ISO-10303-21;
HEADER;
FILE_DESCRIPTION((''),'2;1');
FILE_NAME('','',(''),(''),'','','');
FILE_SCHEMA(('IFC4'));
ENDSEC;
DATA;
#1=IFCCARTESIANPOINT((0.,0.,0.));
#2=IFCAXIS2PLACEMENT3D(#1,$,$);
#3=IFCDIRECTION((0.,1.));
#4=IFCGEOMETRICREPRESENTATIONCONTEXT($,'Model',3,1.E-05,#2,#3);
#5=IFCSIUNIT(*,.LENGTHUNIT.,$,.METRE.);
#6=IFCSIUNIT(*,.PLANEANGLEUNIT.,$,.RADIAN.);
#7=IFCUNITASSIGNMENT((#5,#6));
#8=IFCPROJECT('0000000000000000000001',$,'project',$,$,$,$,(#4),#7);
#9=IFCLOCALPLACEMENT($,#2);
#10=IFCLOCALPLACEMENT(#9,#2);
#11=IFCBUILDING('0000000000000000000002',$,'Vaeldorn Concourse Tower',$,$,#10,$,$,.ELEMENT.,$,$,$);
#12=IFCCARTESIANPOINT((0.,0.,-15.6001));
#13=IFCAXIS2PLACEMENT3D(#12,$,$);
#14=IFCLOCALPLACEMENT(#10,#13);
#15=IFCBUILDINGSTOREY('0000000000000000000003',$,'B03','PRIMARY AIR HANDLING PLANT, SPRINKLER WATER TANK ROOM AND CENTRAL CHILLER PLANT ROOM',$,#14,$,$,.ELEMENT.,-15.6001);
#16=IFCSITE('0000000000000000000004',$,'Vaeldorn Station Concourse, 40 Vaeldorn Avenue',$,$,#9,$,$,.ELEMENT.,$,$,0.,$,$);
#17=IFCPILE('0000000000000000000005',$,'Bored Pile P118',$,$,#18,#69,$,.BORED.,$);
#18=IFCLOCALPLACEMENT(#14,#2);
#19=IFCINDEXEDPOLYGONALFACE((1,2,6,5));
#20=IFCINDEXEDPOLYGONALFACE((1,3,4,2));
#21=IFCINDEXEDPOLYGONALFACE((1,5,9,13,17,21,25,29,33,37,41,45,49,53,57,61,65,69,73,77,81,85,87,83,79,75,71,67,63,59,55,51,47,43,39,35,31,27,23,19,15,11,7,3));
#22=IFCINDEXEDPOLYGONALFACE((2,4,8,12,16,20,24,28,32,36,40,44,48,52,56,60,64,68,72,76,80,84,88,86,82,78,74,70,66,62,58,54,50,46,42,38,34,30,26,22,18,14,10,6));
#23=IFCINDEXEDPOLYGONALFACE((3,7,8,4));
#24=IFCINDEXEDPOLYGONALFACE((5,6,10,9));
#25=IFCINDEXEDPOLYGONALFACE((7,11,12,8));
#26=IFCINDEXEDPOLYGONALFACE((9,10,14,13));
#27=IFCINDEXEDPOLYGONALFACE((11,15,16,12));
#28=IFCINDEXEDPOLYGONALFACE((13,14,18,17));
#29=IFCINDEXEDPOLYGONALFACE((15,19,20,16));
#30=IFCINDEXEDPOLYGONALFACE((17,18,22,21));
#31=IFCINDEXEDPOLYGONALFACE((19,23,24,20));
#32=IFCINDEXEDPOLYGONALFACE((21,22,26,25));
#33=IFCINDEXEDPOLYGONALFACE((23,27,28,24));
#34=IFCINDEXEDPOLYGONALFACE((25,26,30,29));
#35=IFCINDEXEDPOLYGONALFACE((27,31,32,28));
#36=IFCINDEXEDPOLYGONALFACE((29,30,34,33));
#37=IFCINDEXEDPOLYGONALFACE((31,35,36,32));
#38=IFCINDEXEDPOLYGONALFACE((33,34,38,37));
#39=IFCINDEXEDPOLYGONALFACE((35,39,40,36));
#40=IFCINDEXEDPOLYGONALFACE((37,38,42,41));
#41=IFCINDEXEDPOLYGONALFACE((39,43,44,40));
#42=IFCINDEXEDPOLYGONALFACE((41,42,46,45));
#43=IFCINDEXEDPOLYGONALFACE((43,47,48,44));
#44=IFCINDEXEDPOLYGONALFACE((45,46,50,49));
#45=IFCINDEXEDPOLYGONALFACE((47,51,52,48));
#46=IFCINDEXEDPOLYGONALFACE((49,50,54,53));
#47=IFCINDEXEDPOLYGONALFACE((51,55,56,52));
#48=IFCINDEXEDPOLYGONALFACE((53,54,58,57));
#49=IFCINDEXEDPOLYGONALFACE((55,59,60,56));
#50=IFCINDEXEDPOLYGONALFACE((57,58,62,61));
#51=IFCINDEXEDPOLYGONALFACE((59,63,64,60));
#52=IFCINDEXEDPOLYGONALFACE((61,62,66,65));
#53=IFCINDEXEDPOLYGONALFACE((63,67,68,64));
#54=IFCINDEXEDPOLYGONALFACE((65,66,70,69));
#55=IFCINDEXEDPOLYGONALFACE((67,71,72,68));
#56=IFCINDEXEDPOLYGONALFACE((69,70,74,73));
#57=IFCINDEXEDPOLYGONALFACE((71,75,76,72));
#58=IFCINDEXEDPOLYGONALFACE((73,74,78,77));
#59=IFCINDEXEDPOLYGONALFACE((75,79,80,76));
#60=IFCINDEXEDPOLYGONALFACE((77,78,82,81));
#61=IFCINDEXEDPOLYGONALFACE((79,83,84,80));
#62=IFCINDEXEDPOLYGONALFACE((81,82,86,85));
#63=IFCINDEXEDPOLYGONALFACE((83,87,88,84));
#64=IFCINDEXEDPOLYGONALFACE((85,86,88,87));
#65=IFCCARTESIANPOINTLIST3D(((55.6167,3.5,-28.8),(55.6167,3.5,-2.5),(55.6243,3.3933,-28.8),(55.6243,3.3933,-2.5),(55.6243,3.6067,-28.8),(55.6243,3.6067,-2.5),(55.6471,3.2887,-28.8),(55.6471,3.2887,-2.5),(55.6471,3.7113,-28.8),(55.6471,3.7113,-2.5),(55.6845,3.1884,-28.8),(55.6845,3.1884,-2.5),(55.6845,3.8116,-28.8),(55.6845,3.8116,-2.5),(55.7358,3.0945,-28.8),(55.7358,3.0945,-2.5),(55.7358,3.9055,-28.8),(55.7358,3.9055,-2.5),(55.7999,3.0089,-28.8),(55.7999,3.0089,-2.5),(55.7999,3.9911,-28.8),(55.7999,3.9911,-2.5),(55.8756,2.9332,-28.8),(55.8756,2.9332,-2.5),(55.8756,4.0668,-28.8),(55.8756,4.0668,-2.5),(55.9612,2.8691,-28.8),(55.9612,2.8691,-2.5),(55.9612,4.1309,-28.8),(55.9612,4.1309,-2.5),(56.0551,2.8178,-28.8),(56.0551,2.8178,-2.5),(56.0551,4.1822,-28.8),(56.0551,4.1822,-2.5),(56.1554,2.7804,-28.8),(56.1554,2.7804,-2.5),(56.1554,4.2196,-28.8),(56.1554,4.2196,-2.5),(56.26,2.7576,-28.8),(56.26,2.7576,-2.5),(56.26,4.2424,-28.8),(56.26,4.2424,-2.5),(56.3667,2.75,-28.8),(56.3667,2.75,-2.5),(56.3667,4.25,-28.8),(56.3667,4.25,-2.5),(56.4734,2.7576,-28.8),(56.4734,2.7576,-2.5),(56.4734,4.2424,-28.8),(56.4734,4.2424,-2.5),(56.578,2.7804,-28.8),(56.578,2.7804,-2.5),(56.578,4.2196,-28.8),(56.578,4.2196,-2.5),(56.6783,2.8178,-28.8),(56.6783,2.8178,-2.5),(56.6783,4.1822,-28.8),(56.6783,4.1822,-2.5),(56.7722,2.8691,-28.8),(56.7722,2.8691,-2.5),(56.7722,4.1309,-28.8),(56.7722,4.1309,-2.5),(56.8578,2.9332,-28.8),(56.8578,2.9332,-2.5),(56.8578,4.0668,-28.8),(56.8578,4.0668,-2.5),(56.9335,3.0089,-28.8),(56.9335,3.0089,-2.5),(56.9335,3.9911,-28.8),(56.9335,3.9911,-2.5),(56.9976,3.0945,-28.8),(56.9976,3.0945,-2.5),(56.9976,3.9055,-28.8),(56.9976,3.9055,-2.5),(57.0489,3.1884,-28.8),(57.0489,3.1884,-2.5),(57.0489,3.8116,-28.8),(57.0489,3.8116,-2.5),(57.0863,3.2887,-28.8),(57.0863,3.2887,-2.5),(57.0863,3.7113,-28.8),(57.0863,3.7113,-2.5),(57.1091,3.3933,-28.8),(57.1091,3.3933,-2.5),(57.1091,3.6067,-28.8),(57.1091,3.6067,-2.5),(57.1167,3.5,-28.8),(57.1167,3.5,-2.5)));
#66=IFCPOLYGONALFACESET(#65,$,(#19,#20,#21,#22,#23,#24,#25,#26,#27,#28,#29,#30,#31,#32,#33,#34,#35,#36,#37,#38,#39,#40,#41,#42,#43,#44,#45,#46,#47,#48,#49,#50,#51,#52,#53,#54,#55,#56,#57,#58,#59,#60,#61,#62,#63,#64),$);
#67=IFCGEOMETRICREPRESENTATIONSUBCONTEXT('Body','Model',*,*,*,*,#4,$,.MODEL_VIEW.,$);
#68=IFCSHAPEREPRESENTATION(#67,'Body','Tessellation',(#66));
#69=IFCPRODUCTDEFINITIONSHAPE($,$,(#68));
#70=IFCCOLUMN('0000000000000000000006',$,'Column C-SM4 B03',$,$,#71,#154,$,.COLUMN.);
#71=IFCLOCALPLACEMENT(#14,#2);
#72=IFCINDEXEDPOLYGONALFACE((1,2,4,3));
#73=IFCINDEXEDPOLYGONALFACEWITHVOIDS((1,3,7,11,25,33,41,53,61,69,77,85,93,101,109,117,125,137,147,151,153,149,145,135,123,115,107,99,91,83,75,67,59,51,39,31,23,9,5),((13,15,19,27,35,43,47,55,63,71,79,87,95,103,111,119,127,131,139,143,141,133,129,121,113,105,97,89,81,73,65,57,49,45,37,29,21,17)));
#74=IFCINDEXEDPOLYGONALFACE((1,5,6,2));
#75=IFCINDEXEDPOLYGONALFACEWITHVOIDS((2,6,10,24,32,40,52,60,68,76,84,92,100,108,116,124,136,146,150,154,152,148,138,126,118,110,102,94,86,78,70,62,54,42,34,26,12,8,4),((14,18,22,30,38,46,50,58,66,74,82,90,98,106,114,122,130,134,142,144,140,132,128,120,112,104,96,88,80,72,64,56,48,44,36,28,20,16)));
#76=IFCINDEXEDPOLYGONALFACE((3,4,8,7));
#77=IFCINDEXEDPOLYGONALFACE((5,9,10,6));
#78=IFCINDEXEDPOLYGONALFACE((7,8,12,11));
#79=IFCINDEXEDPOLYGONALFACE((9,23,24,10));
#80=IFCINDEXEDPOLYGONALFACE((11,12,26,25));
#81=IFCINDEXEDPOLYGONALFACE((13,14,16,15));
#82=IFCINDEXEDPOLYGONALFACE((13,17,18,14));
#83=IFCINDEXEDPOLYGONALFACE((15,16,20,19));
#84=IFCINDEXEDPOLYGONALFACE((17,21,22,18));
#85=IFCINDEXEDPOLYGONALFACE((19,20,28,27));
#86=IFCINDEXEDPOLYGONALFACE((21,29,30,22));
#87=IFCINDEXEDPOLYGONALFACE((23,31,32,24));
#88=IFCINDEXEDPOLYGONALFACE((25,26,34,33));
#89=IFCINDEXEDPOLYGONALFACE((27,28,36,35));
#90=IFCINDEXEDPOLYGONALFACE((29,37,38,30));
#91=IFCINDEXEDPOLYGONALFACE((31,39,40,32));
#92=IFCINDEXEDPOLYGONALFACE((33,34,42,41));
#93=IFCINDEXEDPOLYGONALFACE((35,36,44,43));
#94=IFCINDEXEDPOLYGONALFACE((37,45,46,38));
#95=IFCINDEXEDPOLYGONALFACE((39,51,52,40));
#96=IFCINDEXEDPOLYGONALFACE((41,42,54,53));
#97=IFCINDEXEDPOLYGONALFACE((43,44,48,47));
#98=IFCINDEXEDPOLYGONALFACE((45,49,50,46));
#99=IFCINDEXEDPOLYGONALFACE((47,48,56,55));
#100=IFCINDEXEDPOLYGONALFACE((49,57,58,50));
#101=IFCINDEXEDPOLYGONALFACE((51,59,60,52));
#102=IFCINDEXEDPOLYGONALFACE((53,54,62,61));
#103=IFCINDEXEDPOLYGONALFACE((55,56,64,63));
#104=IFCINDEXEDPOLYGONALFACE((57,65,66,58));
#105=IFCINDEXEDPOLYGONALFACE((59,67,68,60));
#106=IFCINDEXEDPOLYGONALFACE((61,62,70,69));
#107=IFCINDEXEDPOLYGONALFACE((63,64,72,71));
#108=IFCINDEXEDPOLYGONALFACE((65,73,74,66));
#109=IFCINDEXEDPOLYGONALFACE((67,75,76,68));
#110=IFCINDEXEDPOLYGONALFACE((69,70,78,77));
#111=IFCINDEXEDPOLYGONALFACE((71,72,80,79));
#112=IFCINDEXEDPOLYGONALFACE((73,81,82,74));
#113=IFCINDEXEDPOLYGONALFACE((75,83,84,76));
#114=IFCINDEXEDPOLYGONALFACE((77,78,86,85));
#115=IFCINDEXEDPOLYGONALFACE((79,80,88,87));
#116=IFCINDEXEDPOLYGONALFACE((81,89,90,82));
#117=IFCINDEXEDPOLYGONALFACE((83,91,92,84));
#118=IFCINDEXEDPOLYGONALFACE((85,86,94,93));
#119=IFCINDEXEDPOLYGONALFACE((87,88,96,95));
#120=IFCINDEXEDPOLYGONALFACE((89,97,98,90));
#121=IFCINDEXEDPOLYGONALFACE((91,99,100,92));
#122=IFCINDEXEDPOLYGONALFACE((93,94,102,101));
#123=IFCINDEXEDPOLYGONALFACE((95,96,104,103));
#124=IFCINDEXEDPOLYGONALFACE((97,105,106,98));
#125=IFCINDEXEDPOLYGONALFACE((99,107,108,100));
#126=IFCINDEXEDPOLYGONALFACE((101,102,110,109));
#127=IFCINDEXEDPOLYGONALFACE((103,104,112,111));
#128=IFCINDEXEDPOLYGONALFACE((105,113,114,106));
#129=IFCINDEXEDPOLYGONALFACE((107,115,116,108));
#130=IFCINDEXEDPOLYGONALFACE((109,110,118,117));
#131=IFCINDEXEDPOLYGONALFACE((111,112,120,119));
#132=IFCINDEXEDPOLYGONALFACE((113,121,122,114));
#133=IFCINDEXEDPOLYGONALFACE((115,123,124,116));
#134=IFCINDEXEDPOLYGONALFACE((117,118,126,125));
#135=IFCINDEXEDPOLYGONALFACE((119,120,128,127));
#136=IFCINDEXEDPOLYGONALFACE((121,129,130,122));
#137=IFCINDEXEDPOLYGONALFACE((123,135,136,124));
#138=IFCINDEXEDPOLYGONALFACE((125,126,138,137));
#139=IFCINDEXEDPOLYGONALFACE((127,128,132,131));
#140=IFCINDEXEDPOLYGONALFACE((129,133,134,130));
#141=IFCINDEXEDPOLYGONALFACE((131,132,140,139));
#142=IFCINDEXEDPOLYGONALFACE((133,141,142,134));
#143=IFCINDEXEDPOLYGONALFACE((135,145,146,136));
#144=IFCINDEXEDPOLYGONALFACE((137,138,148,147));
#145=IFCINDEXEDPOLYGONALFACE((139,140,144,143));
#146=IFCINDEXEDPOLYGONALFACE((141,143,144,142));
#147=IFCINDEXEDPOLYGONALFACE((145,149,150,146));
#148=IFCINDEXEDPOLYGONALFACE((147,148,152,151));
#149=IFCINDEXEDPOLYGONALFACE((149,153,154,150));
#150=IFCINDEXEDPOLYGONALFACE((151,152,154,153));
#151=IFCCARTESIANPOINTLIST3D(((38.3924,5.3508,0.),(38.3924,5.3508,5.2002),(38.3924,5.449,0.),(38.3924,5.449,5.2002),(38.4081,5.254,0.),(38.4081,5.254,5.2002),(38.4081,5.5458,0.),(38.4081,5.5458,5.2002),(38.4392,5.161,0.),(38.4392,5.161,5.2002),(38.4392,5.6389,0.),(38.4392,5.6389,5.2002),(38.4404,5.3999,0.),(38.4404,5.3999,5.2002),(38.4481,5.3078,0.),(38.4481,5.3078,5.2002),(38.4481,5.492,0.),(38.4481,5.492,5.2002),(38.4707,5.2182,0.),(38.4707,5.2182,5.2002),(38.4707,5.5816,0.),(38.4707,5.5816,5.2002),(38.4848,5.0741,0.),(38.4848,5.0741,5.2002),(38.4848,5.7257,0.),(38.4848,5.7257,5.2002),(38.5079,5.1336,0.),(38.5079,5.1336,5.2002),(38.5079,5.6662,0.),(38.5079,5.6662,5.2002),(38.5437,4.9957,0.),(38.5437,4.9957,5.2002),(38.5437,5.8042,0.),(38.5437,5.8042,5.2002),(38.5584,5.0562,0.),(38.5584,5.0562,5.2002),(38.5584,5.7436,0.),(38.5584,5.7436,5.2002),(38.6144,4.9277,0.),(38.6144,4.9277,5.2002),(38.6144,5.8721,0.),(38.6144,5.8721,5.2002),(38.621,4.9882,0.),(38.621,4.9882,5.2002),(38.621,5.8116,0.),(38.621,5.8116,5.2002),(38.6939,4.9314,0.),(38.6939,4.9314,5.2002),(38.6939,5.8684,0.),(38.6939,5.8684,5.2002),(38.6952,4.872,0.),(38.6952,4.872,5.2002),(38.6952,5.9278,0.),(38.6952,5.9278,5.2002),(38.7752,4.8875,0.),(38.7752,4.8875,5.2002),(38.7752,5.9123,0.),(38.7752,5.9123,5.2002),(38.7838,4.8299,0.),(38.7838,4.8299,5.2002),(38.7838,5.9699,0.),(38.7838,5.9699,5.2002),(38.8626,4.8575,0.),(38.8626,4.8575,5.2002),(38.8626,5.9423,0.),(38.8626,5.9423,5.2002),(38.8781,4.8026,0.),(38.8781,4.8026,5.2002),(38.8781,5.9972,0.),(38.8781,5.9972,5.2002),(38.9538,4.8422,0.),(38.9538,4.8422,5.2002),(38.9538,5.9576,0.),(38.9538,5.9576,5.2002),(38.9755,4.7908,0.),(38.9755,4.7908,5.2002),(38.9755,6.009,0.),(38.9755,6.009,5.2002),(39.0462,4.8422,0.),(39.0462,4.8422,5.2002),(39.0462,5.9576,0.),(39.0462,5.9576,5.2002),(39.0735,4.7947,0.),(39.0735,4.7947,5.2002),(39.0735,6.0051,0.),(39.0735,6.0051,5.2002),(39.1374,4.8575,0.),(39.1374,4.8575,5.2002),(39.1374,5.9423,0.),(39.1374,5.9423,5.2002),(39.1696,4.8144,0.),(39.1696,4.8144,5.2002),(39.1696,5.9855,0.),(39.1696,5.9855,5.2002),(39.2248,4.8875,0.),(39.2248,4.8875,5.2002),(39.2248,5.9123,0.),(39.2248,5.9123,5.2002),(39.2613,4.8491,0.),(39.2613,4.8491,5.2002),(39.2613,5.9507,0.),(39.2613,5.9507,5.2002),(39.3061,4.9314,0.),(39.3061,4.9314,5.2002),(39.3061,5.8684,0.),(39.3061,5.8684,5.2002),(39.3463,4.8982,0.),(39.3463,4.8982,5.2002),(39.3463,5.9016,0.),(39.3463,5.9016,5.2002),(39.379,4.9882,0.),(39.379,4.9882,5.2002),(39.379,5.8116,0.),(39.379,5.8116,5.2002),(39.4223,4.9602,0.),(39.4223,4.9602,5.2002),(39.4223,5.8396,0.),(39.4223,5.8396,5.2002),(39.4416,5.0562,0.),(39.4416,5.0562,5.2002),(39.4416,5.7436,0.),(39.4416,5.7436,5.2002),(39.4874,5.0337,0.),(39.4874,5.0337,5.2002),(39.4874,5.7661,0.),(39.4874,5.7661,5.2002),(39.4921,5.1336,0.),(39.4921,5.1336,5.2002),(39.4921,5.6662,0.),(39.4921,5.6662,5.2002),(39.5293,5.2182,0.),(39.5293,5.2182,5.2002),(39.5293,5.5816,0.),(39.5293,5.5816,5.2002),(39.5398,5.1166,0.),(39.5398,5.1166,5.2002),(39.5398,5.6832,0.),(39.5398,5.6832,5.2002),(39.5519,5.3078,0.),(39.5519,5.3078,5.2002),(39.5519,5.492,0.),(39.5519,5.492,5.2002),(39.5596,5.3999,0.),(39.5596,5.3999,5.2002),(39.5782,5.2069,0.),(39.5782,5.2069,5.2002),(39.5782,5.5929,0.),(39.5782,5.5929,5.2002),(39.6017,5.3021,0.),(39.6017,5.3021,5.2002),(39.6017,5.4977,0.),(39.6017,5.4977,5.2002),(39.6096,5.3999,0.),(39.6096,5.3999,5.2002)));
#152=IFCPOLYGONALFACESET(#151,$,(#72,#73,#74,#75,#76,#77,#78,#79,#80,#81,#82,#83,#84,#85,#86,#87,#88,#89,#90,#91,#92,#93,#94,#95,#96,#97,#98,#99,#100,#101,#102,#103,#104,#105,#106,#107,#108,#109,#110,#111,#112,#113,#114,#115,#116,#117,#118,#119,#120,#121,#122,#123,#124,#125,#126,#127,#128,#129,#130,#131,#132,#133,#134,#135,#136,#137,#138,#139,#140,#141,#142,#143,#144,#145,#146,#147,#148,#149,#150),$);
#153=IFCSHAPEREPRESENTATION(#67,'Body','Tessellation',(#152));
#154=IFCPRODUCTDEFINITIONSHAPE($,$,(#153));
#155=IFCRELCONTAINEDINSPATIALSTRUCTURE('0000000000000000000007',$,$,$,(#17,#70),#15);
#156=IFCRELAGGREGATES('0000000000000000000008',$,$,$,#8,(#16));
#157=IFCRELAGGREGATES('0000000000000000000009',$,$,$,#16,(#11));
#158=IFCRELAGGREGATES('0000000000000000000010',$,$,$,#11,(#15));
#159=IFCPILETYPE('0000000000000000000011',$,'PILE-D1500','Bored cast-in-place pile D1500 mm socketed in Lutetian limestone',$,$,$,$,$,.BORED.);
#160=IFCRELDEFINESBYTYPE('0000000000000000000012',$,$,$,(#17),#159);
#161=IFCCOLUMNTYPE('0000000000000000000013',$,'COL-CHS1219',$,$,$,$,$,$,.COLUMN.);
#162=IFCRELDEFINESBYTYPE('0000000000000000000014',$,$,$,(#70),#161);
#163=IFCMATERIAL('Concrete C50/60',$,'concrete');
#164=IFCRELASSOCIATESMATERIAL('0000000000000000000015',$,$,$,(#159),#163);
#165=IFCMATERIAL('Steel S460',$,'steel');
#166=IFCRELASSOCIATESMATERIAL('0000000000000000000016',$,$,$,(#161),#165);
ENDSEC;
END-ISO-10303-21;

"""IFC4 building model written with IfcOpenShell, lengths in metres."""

from ifc_helpers import new_model, si_unit, direction, frame, origin, origin_2d, place, context, subcontext, project, spatial, circle, hollow_circle, extrude, source, transform, mapped, material, material_profile, profile_set, type_object, element, save


model = new_model("IFC4")

# Units and contexts
model_context = context("Model", 3, precision=1e-05, world=origin(), true_north=direction((0.0, 1.0)))
body_context = subcontext(model_context, "Body", "Model", "MODEL_VIEW")
ifc_project = project(units=[si_unit("LENGTHUNIT", "METRE"), si_unit("PLANEANGLEUNIT", "RADIAN")], contexts=[model_context])

# Site, building, storey
site_placement = place(None, origin())
site = spatial("IfcSite", under=ifc_project, at=site_placement, Name="Vaeldorn Station Concourse, 40 Vaeldorn Avenue", CompositionType="ELEMENT", RefElevation=0.0)
building_placement = place(site_placement, origin())
building = spatial("IfcBuilding", under=site, at=building_placement, Name="Vaeldorn Concourse Tower", CompositionType="ELEMENT")
storey_placement = place(building_placement, frame((0.0, 0.0, -15.6001)))
storey = spatial("IfcBuildingStorey", under=building, at=storey_placement, Name="B03", Description="PRIMARY AIR HANDLING PLANT, SPRINKLER WATER TANK ROOM AND CENTRAL CHILLER PLANT ROOM", CompositionType="ELEMENT", Elevation=-15.6001)

# Pile
ifc_material_1 = material(Name="Concrete C50/60", Category="concrete")
ifc_material_profile_1 = material_profile(ifc_material_1, circle(Radius=0.75, at=origin_2d()), Name="BORED PILE D1500")
ifc_profile_set_1 = profile_set([ifc_material_profile_1], Name="Concrete C50/60")
pile_type = type_object("IfcPileType", Name="PILE-D1500", Description="Bored cast-in-place pile D1500 mm socketed in Lutetian limestone", PredefinedType="BORED", material=ifc_profile_set_1)
for number, where, z_axis, x_axis, name in (
    (1, (56.3667, 3.5, -2.5), (0.0, 0.0, -1.0), (1.0, 0.0, 0.0), "Bored Pile P118"),
):
    element("IfcPile", number, at=place(storey_placement, frame(where, z_axis=z_axis, x_axis=x_axis)), inside=storey, type_object=pile_type, Name=name, PredefinedType="BORED", context=body_context, shape_type="SweptSolid", body=[
        extrude(circle(Radius=0.75, at=origin_2d()), origin(), (0.0, 0.0, 1.0), 26.3),
    ])

# Column
ifc_material_2 = material(Name="Steel S460", Category="steel")
ifc_material_profile_2 = material_profile(ifc_material_2, hollow_circle(Radius=0.6096, WallThickness=0.05, at=origin_2d()), Name="CHS 1219x50")
ifc_profile_set_2 = profile_set([ifc_material_profile_2], Name="Steel S460")
column_type = type_object("IfcColumnType", Name="COL-CHS1219", PredefinedType="COLUMN", material=ifc_profile_set_2)
shared_shape_1 = source(origin(), body_context, "Body", "SweptSolid", [
    extrude(hollow_circle(Radius=0.6096, WallThickness=0.05, at=origin_2d()), origin(), (0.0, 0.0, 1.0), 5.2002),
])
for number, where, z_axis, x_axis, name in (
    (2, (39.0, 5.3999, 0.0), (0.0, 0.0, 1.0), (1.0, 0.0, 0.0), "Column C-SM4 B03"),
):
    element("IfcColumn", number, at=place(storey_placement, frame(where, z_axis=z_axis, x_axis=x_axis)), inside=storey, type_object=column_type, Name=name, PredefinedType="COLUMN", context=body_context, shape_type="MappedRepresentation", body=[
        mapped(shared_shape_1, transform((0.0, 0.0, 0.0), scale=1.0)),
    ])

save(model, "model.ifc")
